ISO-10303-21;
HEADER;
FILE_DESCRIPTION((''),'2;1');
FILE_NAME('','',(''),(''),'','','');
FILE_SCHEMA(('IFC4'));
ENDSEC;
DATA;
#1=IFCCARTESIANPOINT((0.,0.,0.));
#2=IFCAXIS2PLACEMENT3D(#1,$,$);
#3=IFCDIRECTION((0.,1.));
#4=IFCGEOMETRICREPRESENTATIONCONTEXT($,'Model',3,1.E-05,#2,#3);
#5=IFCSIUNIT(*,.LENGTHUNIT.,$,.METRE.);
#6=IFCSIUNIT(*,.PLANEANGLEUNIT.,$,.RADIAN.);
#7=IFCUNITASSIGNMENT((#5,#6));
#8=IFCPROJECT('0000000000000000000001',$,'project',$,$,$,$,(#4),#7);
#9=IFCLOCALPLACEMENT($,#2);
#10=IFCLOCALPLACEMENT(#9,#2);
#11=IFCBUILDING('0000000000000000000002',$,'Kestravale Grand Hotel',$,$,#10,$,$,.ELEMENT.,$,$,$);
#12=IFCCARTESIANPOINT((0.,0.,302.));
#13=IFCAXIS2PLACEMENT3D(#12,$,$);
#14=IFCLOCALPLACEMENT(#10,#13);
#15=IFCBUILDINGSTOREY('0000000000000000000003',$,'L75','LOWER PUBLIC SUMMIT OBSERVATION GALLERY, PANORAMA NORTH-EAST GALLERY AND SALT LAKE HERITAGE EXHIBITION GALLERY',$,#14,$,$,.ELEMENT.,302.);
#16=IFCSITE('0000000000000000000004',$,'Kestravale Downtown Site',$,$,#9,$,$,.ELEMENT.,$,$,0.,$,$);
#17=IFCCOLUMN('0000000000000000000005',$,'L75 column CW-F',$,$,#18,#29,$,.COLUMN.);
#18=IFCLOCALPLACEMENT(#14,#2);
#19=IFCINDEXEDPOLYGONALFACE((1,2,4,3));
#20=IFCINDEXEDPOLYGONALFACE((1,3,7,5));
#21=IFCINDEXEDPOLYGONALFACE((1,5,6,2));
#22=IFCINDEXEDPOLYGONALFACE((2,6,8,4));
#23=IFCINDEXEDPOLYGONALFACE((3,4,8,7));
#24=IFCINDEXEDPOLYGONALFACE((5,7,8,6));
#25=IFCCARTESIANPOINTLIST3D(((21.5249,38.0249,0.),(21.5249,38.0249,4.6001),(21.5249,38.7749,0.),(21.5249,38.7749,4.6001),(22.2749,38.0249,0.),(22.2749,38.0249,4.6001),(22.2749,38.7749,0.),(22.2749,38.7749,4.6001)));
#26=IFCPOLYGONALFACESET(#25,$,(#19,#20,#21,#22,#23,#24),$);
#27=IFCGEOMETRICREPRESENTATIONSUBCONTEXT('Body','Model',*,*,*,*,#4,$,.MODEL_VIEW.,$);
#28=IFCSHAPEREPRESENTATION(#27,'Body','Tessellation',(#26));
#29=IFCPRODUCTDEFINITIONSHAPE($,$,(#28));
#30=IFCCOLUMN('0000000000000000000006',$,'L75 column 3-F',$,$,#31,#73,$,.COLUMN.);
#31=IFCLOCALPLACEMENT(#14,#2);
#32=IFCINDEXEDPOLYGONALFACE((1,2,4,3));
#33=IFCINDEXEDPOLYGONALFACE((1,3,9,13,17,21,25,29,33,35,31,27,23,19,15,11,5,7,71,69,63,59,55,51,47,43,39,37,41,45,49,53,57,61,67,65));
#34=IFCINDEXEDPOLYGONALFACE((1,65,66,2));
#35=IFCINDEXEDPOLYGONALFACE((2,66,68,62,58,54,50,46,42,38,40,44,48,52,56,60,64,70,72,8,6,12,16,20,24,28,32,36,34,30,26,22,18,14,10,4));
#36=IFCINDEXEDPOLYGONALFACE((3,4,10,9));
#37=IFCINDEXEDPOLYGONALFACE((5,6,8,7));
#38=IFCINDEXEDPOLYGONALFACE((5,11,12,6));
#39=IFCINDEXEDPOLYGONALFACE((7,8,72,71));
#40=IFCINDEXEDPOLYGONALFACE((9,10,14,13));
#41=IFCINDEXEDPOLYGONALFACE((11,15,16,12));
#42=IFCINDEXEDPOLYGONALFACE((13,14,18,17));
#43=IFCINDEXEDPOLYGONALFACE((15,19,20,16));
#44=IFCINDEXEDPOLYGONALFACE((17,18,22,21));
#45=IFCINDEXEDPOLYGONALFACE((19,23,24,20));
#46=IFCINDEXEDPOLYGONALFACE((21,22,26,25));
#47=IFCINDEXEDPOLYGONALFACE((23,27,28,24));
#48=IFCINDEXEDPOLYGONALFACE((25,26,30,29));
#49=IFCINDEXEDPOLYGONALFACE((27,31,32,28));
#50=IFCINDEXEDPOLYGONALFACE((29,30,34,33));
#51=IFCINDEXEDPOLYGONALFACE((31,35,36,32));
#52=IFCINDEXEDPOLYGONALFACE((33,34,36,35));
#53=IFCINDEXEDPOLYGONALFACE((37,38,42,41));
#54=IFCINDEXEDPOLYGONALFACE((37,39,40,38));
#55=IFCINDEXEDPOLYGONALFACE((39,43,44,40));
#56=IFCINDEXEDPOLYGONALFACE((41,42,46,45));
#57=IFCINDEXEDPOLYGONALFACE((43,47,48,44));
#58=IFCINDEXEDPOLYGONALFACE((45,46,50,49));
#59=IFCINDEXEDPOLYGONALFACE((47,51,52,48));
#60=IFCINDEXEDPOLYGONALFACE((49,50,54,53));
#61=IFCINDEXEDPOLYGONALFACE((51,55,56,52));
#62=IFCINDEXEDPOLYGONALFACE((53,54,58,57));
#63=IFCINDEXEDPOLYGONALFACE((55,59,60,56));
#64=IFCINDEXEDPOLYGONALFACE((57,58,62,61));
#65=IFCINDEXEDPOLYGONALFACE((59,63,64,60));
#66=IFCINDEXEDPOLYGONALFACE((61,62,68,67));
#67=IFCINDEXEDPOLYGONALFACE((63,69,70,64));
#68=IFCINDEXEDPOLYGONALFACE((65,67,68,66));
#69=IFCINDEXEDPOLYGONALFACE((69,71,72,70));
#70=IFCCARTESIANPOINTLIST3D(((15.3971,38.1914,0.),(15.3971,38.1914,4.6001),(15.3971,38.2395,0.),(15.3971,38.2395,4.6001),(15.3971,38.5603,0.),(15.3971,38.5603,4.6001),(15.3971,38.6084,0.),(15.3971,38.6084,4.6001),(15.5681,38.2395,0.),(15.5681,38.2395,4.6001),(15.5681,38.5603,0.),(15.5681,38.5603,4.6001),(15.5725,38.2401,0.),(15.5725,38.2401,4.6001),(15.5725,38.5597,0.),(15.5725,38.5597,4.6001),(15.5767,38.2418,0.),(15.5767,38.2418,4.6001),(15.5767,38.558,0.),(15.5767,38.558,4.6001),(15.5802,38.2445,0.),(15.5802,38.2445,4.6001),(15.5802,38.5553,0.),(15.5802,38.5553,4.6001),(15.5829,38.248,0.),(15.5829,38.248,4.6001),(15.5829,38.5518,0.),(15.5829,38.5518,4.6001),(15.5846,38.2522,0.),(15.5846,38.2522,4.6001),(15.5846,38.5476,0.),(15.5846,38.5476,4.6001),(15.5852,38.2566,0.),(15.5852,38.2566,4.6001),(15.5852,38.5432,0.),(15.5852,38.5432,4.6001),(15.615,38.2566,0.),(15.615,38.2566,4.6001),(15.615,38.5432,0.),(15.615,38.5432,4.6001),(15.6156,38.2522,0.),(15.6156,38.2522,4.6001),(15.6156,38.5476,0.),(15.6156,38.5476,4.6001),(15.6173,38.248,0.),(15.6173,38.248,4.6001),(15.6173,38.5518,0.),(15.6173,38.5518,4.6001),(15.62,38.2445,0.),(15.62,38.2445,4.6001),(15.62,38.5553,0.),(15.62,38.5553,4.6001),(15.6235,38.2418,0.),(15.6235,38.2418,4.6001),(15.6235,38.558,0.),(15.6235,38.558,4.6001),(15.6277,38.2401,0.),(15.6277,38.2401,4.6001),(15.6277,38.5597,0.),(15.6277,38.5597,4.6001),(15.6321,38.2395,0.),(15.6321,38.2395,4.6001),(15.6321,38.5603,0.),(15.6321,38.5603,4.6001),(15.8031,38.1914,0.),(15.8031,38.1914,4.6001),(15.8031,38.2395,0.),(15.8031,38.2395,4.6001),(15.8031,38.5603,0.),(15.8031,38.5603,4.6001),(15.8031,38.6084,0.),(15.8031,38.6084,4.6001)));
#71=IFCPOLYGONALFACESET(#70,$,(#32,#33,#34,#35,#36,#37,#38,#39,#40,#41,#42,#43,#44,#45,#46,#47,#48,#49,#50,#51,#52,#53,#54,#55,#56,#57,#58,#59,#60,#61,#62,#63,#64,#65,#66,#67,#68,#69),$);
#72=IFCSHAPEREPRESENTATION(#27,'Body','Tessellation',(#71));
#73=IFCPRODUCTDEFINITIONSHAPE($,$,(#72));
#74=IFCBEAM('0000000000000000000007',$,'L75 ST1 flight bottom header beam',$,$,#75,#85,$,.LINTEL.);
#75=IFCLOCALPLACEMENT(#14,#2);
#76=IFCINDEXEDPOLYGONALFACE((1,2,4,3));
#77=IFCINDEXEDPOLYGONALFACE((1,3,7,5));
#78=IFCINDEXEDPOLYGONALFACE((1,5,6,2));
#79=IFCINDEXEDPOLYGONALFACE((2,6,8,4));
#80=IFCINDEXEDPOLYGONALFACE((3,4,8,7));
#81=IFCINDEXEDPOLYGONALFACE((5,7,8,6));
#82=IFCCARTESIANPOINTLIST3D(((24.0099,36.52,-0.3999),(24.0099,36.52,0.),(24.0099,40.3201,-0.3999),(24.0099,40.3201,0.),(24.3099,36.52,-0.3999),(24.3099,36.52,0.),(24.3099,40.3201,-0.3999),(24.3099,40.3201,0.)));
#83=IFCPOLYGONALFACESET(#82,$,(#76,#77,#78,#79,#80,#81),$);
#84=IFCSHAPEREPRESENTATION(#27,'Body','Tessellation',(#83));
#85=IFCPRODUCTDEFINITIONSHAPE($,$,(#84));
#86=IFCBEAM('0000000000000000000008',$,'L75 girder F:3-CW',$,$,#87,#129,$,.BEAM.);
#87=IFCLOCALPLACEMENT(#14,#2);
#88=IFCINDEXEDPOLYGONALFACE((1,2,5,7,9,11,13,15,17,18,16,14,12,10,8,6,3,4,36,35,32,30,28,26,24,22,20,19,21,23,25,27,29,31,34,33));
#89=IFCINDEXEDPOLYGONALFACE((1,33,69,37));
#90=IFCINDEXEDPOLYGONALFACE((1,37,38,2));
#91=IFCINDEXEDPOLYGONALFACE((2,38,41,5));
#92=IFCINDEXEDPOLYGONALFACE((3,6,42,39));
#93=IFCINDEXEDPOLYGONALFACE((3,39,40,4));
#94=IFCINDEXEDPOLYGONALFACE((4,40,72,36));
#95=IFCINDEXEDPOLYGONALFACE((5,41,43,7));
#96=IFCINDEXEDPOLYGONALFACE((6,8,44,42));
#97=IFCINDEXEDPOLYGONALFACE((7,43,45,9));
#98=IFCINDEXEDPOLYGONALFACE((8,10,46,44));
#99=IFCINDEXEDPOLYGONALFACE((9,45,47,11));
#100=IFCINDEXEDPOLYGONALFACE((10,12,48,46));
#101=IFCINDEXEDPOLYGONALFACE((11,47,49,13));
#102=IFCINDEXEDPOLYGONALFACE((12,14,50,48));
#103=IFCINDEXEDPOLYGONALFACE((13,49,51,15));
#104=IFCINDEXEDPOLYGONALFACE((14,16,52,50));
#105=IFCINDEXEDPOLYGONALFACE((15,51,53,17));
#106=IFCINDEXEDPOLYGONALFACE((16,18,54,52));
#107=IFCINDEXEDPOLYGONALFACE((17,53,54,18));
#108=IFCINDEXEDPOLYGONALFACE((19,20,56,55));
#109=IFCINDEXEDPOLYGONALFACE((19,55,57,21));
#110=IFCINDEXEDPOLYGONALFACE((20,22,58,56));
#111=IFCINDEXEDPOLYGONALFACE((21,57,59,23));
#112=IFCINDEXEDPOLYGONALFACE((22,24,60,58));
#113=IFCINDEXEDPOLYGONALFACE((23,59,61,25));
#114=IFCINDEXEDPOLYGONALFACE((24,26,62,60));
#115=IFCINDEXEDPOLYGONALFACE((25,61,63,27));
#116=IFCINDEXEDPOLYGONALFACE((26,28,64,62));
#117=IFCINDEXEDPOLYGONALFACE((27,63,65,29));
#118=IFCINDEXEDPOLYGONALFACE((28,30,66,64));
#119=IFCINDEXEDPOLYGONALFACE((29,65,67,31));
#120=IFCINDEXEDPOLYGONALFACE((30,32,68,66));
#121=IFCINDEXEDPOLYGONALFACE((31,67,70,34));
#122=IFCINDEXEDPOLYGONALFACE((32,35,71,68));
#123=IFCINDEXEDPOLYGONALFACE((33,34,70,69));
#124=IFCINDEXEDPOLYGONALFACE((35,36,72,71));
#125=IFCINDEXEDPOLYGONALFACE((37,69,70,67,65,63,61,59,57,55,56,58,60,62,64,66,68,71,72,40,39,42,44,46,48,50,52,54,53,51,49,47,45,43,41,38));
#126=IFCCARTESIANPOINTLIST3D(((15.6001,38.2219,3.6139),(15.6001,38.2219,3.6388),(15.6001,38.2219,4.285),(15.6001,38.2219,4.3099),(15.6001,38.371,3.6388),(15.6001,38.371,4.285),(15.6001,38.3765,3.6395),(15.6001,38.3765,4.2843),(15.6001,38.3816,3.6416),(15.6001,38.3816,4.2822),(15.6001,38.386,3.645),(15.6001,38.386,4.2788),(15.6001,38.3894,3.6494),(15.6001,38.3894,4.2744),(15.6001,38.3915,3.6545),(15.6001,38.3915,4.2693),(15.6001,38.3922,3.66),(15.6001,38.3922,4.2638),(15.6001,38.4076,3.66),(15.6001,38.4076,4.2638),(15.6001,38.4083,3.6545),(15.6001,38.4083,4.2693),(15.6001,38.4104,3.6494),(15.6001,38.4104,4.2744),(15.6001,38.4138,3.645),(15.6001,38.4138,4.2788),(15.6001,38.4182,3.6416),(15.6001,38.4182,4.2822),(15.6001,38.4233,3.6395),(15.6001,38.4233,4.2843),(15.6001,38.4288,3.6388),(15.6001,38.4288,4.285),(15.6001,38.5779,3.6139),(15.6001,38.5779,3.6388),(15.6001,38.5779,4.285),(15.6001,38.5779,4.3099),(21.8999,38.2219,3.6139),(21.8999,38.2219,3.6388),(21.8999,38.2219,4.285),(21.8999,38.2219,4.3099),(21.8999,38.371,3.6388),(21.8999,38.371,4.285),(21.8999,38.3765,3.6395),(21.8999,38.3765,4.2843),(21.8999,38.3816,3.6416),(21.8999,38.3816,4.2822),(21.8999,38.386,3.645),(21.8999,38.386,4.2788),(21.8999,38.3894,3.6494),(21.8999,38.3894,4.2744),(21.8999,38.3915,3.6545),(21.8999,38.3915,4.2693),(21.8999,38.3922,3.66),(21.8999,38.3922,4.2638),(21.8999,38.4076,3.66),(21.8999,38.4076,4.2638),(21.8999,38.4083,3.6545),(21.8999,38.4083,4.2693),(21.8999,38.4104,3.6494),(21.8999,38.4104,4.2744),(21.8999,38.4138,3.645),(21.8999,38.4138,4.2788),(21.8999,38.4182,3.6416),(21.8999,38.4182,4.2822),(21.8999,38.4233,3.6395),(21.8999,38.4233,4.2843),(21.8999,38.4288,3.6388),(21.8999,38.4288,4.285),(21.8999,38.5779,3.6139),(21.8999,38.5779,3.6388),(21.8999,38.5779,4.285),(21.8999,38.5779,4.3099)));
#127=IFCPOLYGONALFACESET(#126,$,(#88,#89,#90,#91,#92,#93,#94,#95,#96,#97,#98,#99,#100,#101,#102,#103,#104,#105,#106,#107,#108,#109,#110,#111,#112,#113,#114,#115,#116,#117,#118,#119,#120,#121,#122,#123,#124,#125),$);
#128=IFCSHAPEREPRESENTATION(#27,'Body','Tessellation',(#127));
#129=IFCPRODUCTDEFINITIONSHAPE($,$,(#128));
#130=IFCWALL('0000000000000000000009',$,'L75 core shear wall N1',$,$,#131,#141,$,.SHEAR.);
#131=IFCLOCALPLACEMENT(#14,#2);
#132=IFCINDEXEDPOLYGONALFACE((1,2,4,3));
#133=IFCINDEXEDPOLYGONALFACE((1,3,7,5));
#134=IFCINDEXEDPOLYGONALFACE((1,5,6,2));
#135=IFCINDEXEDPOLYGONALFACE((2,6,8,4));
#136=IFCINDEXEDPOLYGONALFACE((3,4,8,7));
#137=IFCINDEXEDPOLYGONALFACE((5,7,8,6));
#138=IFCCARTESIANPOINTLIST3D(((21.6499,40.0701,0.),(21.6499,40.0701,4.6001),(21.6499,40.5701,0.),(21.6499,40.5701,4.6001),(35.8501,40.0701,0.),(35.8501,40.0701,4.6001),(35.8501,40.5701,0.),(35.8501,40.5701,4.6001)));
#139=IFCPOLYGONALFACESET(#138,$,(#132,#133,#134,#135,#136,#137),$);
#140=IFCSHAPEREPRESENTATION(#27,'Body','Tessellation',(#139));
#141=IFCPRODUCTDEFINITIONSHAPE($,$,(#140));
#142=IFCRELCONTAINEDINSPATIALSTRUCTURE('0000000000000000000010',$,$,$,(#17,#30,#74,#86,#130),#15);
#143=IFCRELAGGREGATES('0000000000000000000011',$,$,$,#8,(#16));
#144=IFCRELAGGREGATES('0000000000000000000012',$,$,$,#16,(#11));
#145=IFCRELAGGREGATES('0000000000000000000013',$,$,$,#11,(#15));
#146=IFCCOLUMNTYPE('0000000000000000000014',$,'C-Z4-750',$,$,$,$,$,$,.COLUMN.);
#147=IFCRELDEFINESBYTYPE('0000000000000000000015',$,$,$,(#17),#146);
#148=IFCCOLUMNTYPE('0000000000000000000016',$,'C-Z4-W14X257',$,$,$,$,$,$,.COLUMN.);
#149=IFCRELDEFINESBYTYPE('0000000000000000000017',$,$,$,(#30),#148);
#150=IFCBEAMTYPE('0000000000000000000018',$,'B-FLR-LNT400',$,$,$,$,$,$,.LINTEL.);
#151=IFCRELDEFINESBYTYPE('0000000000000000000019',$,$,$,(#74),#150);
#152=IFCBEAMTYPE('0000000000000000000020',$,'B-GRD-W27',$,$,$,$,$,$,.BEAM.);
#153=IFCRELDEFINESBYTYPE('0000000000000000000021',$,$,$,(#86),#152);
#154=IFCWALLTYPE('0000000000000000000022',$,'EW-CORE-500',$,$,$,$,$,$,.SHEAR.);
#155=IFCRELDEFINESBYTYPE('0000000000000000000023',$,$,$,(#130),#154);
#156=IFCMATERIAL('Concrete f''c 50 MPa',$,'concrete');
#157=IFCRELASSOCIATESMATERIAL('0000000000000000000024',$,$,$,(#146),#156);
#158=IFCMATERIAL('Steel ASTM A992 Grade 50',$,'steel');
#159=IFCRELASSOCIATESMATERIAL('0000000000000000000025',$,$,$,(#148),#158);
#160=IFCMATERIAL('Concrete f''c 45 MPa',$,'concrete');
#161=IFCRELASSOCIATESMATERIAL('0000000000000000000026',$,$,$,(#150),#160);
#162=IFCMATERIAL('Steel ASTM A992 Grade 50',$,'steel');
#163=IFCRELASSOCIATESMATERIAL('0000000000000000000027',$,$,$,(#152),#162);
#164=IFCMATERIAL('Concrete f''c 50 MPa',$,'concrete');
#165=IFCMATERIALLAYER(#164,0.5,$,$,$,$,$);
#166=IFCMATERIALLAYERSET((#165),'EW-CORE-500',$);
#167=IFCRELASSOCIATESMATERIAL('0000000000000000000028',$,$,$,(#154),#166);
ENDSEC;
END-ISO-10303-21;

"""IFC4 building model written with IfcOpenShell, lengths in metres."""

from ifc_helpers import new_model, si_unit, direction, frame, frame_2d, origin, origin_2d, place, context, subcontext, project, spatial, rectangle, i_section, extrude, material, layer, layer_set, material_profile, profile_set, type_object, element, save


model = new_model("IFC4")

# Units and contexts
model_context = context("Model", 3, precision=1e-05, world=origin(), true_north=direction((0.0, 1.0)))
body_context = subcontext(model_context, "Body", "Model", "MODEL_VIEW")
ifc_project = project(units=[si_unit("LENGTHUNIT", "METRE"), si_unit("PLANEANGLEUNIT", "RADIAN")], contexts=[model_context])

# Site, building, storey
site_placement = place(None, origin())
site = spatial("IfcSite", under=ifc_project, at=site_placement, Name="Kestravale Downtown Site", CompositionType="ELEMENT", RefElevation=0.0)
building_placement = place(site_placement, origin())
building = spatial("IfcBuilding", under=site, at=building_placement, Name="Kestravale Grand Hotel", CompositionType="ELEMENT")
storey_placement = place(building_placement, frame((0.0, 0.0, 302.0)))
storey = spatial("IfcBuildingStorey", under=building, at=storey_placement, Name="L75", Description="LOWER PUBLIC SUMMIT OBSERVATION GALLERY, PANORAMA NORTH-EAST GALLERY AND SALT LAKE HERITAGE EXHIBITION GALLERY", CompositionType="ELEMENT", Elevation=302.0)

# Columns
ifc_material_1 = material(Name="Concrete f'c 50 MPa", Category="concrete")
ifc_material_profile_1 = material_profile(ifc_material_1, rectangle(XDim=0.75, YDim=0.75, at=origin_2d()))
ifc_profile_set_1 = profile_set([ifc_material_profile_1], Name="Concrete f'c 50 MPa")
column_type_1 = type_object("IfcColumnType", Name="C-Z4-750", PredefinedType="COLUMN", material=ifc_profile_set_1)
column_1_placement = place(storey_placement, frame((21.8999, 38.3999, 0.0), z_axis=(0.0, 0.0, 1.0), x_axis=(1.0, 0.0, 0.0)))
element("IfcColumn", 1, at=column_1_placement, inside=storey, type_object=column_type_1, Name="L75 column CW-F", PredefinedType="COLUMN", context=body_context, shape_type="SweptSolid", body=[
    extrude(rectangle(XDim=0.75, YDim=0.75, at=origin_2d()), origin(), (0.0, 0.0, 1.0), 4.6001),
])
ifc_material_2 = material(Name="Steel ASTM A992 Grade 50", Category="steel")
ifc_material_profile_2 = material_profile(ifc_material_2, i_section(OverallWidth=0.406, OverallDepth=0.417, WebThickness=0.0298, FlangeThickness=0.0481, FilletRadius=0.0171, at=origin_2d()))
ifc_profile_set_2 = profile_set([ifc_material_profile_2], Name="Steel ASTM A992 Grade 50")
column_type_2 = type_object("IfcColumnType", Name="C-Z4-W14X257", PredefinedType="COLUMN", material=ifc_profile_set_2)
column_2_placement = place(storey_placement, frame((15.6001, 38.3999, 0.0), z_axis=(0.0, 0.0, 1.0), x_axis=(1.0, 0.0, 0.0)))
element("IfcColumn", 2, at=column_2_placement, inside=storey, type_object=column_type_2, Name="L75 column 3-F", PredefinedType="COLUMN", context=body_context, shape_type="SweptSolid", body=[
    extrude(i_section(OverallWidth=0.406, OverallDepth=0.417, WebThickness=0.0298, FlangeThickness=0.0481, FilletRadius=0.0171, at=origin_2d()), origin(), (0.0, 0.0, 1.0), 4.6001),
])

# Beams
ifc_material_3 = material(Name="Concrete f'c 45 MPa", Category="concrete")
ifc_material_profile_3 = material_profile(ifc_material_3, rectangle(XDim=0.3, YDim=0.3999, at=origin_2d()))
ifc_profile_set_3 = profile_set([ifc_material_profile_3], Name="Concrete f'c 45 MPa")
beam_type_1 = type_object("IfcBeamType", Name="B-FLR-LNT400", PredefinedType="LINTEL", material=ifc_profile_set_3)
beam_1_placement = place(storey_placement, frame((24.1599, 36.52, -0.2), z_axis=(0.0, 1.0, 0.0), x_axis=(-1.0, 0.0, 0.0)))
element("IfcBeam", 3, at=beam_1_placement, inside=storey, type_object=beam_type_1, Name="L75 ST1 flight bottom header beam", PredefinedType="LINTEL", context=body_context, shape_type="SweptSolid", body=[
    extrude(rectangle(XDim=0.3, YDim=0.3999, at=origin_2d()), origin(), (0.0, 0.0, 1.0), 3.8),
])
ifc_material_4 = material(Name="Steel ASTM A992 Grade 50", Category="steel")
ifc_material_profile_4 = material_profile(ifc_material_4, i_section(OverallWidth=0.356, OverallDepth=0.696, WebThickness=0.0154, FlangeThickness=0.0249, FilletRadius=0.0212, at=origin_2d()))
ifc_profile_set_4 = profile_set([ifc_material_profile_4], Name="Steel ASTM A992 Grade 50")
beam_type_2 = type_object("IfcBeamType", Name="B-GRD-W27", PredefinedType="BEAM", material=ifc_profile_set_4)
beam_2_placement = place(storey_placement, frame((15.6001, 38.3999, 3.9619), z_axis=(1.0, 0.0, 0.0), x_axis=(0.0, 1.0, 0.0)))
element("IfcBeam", 4, at=beam_2_placement, inside=storey, type_object=beam_type_2, Name="L75 girder F:3-CW", PredefinedType="BEAM", context=body_context, shape_type="SweptSolid", body=[
    extrude(i_section(OverallWidth=0.356, OverallDepth=0.696, WebThickness=0.0154, FlangeThickness=0.0249, FilletRadius=0.0212, at=origin_2d()), origin(), (0.0, 0.0, 1.0), 6.2998),
])

# Wall
ifc_material_5 = material(Name="Concrete f'c 50 MPa", Category="concrete")
ifc_layer_1 = layer(ifc_material_5, 0.5)
ifc_layer_set_1 = layer_set([ifc_layer_1], Name="EW-CORE-500")
wall_type_1 = type_object("IfcWallType", Name="EW-CORE-500", PredefinedType="SHEAR", material=ifc_layer_set_1)
wall_1_placement = place(storey_placement, frame((21.6499, 40.3201, 0.0), z_axis=(0.0, 0.0, 1.0), x_axis=(1.0, 0.0, 0.0)))
element("IfcWall", 5, at=wall_1_placement, inside=storey, type_object=wall_type_1, Name="L75 core shear wall N1", PredefinedType="SHEAR", context=body_context, shape_type="SweptSolid", body=[
    extrude(rectangle(XDim=14.2002, YDim=0.5, at=frame_2d((7.1001, 0.0))), origin(), (0.0, 0.0, 1.0), 4.6001),
])

save(model, "model.ifc")
